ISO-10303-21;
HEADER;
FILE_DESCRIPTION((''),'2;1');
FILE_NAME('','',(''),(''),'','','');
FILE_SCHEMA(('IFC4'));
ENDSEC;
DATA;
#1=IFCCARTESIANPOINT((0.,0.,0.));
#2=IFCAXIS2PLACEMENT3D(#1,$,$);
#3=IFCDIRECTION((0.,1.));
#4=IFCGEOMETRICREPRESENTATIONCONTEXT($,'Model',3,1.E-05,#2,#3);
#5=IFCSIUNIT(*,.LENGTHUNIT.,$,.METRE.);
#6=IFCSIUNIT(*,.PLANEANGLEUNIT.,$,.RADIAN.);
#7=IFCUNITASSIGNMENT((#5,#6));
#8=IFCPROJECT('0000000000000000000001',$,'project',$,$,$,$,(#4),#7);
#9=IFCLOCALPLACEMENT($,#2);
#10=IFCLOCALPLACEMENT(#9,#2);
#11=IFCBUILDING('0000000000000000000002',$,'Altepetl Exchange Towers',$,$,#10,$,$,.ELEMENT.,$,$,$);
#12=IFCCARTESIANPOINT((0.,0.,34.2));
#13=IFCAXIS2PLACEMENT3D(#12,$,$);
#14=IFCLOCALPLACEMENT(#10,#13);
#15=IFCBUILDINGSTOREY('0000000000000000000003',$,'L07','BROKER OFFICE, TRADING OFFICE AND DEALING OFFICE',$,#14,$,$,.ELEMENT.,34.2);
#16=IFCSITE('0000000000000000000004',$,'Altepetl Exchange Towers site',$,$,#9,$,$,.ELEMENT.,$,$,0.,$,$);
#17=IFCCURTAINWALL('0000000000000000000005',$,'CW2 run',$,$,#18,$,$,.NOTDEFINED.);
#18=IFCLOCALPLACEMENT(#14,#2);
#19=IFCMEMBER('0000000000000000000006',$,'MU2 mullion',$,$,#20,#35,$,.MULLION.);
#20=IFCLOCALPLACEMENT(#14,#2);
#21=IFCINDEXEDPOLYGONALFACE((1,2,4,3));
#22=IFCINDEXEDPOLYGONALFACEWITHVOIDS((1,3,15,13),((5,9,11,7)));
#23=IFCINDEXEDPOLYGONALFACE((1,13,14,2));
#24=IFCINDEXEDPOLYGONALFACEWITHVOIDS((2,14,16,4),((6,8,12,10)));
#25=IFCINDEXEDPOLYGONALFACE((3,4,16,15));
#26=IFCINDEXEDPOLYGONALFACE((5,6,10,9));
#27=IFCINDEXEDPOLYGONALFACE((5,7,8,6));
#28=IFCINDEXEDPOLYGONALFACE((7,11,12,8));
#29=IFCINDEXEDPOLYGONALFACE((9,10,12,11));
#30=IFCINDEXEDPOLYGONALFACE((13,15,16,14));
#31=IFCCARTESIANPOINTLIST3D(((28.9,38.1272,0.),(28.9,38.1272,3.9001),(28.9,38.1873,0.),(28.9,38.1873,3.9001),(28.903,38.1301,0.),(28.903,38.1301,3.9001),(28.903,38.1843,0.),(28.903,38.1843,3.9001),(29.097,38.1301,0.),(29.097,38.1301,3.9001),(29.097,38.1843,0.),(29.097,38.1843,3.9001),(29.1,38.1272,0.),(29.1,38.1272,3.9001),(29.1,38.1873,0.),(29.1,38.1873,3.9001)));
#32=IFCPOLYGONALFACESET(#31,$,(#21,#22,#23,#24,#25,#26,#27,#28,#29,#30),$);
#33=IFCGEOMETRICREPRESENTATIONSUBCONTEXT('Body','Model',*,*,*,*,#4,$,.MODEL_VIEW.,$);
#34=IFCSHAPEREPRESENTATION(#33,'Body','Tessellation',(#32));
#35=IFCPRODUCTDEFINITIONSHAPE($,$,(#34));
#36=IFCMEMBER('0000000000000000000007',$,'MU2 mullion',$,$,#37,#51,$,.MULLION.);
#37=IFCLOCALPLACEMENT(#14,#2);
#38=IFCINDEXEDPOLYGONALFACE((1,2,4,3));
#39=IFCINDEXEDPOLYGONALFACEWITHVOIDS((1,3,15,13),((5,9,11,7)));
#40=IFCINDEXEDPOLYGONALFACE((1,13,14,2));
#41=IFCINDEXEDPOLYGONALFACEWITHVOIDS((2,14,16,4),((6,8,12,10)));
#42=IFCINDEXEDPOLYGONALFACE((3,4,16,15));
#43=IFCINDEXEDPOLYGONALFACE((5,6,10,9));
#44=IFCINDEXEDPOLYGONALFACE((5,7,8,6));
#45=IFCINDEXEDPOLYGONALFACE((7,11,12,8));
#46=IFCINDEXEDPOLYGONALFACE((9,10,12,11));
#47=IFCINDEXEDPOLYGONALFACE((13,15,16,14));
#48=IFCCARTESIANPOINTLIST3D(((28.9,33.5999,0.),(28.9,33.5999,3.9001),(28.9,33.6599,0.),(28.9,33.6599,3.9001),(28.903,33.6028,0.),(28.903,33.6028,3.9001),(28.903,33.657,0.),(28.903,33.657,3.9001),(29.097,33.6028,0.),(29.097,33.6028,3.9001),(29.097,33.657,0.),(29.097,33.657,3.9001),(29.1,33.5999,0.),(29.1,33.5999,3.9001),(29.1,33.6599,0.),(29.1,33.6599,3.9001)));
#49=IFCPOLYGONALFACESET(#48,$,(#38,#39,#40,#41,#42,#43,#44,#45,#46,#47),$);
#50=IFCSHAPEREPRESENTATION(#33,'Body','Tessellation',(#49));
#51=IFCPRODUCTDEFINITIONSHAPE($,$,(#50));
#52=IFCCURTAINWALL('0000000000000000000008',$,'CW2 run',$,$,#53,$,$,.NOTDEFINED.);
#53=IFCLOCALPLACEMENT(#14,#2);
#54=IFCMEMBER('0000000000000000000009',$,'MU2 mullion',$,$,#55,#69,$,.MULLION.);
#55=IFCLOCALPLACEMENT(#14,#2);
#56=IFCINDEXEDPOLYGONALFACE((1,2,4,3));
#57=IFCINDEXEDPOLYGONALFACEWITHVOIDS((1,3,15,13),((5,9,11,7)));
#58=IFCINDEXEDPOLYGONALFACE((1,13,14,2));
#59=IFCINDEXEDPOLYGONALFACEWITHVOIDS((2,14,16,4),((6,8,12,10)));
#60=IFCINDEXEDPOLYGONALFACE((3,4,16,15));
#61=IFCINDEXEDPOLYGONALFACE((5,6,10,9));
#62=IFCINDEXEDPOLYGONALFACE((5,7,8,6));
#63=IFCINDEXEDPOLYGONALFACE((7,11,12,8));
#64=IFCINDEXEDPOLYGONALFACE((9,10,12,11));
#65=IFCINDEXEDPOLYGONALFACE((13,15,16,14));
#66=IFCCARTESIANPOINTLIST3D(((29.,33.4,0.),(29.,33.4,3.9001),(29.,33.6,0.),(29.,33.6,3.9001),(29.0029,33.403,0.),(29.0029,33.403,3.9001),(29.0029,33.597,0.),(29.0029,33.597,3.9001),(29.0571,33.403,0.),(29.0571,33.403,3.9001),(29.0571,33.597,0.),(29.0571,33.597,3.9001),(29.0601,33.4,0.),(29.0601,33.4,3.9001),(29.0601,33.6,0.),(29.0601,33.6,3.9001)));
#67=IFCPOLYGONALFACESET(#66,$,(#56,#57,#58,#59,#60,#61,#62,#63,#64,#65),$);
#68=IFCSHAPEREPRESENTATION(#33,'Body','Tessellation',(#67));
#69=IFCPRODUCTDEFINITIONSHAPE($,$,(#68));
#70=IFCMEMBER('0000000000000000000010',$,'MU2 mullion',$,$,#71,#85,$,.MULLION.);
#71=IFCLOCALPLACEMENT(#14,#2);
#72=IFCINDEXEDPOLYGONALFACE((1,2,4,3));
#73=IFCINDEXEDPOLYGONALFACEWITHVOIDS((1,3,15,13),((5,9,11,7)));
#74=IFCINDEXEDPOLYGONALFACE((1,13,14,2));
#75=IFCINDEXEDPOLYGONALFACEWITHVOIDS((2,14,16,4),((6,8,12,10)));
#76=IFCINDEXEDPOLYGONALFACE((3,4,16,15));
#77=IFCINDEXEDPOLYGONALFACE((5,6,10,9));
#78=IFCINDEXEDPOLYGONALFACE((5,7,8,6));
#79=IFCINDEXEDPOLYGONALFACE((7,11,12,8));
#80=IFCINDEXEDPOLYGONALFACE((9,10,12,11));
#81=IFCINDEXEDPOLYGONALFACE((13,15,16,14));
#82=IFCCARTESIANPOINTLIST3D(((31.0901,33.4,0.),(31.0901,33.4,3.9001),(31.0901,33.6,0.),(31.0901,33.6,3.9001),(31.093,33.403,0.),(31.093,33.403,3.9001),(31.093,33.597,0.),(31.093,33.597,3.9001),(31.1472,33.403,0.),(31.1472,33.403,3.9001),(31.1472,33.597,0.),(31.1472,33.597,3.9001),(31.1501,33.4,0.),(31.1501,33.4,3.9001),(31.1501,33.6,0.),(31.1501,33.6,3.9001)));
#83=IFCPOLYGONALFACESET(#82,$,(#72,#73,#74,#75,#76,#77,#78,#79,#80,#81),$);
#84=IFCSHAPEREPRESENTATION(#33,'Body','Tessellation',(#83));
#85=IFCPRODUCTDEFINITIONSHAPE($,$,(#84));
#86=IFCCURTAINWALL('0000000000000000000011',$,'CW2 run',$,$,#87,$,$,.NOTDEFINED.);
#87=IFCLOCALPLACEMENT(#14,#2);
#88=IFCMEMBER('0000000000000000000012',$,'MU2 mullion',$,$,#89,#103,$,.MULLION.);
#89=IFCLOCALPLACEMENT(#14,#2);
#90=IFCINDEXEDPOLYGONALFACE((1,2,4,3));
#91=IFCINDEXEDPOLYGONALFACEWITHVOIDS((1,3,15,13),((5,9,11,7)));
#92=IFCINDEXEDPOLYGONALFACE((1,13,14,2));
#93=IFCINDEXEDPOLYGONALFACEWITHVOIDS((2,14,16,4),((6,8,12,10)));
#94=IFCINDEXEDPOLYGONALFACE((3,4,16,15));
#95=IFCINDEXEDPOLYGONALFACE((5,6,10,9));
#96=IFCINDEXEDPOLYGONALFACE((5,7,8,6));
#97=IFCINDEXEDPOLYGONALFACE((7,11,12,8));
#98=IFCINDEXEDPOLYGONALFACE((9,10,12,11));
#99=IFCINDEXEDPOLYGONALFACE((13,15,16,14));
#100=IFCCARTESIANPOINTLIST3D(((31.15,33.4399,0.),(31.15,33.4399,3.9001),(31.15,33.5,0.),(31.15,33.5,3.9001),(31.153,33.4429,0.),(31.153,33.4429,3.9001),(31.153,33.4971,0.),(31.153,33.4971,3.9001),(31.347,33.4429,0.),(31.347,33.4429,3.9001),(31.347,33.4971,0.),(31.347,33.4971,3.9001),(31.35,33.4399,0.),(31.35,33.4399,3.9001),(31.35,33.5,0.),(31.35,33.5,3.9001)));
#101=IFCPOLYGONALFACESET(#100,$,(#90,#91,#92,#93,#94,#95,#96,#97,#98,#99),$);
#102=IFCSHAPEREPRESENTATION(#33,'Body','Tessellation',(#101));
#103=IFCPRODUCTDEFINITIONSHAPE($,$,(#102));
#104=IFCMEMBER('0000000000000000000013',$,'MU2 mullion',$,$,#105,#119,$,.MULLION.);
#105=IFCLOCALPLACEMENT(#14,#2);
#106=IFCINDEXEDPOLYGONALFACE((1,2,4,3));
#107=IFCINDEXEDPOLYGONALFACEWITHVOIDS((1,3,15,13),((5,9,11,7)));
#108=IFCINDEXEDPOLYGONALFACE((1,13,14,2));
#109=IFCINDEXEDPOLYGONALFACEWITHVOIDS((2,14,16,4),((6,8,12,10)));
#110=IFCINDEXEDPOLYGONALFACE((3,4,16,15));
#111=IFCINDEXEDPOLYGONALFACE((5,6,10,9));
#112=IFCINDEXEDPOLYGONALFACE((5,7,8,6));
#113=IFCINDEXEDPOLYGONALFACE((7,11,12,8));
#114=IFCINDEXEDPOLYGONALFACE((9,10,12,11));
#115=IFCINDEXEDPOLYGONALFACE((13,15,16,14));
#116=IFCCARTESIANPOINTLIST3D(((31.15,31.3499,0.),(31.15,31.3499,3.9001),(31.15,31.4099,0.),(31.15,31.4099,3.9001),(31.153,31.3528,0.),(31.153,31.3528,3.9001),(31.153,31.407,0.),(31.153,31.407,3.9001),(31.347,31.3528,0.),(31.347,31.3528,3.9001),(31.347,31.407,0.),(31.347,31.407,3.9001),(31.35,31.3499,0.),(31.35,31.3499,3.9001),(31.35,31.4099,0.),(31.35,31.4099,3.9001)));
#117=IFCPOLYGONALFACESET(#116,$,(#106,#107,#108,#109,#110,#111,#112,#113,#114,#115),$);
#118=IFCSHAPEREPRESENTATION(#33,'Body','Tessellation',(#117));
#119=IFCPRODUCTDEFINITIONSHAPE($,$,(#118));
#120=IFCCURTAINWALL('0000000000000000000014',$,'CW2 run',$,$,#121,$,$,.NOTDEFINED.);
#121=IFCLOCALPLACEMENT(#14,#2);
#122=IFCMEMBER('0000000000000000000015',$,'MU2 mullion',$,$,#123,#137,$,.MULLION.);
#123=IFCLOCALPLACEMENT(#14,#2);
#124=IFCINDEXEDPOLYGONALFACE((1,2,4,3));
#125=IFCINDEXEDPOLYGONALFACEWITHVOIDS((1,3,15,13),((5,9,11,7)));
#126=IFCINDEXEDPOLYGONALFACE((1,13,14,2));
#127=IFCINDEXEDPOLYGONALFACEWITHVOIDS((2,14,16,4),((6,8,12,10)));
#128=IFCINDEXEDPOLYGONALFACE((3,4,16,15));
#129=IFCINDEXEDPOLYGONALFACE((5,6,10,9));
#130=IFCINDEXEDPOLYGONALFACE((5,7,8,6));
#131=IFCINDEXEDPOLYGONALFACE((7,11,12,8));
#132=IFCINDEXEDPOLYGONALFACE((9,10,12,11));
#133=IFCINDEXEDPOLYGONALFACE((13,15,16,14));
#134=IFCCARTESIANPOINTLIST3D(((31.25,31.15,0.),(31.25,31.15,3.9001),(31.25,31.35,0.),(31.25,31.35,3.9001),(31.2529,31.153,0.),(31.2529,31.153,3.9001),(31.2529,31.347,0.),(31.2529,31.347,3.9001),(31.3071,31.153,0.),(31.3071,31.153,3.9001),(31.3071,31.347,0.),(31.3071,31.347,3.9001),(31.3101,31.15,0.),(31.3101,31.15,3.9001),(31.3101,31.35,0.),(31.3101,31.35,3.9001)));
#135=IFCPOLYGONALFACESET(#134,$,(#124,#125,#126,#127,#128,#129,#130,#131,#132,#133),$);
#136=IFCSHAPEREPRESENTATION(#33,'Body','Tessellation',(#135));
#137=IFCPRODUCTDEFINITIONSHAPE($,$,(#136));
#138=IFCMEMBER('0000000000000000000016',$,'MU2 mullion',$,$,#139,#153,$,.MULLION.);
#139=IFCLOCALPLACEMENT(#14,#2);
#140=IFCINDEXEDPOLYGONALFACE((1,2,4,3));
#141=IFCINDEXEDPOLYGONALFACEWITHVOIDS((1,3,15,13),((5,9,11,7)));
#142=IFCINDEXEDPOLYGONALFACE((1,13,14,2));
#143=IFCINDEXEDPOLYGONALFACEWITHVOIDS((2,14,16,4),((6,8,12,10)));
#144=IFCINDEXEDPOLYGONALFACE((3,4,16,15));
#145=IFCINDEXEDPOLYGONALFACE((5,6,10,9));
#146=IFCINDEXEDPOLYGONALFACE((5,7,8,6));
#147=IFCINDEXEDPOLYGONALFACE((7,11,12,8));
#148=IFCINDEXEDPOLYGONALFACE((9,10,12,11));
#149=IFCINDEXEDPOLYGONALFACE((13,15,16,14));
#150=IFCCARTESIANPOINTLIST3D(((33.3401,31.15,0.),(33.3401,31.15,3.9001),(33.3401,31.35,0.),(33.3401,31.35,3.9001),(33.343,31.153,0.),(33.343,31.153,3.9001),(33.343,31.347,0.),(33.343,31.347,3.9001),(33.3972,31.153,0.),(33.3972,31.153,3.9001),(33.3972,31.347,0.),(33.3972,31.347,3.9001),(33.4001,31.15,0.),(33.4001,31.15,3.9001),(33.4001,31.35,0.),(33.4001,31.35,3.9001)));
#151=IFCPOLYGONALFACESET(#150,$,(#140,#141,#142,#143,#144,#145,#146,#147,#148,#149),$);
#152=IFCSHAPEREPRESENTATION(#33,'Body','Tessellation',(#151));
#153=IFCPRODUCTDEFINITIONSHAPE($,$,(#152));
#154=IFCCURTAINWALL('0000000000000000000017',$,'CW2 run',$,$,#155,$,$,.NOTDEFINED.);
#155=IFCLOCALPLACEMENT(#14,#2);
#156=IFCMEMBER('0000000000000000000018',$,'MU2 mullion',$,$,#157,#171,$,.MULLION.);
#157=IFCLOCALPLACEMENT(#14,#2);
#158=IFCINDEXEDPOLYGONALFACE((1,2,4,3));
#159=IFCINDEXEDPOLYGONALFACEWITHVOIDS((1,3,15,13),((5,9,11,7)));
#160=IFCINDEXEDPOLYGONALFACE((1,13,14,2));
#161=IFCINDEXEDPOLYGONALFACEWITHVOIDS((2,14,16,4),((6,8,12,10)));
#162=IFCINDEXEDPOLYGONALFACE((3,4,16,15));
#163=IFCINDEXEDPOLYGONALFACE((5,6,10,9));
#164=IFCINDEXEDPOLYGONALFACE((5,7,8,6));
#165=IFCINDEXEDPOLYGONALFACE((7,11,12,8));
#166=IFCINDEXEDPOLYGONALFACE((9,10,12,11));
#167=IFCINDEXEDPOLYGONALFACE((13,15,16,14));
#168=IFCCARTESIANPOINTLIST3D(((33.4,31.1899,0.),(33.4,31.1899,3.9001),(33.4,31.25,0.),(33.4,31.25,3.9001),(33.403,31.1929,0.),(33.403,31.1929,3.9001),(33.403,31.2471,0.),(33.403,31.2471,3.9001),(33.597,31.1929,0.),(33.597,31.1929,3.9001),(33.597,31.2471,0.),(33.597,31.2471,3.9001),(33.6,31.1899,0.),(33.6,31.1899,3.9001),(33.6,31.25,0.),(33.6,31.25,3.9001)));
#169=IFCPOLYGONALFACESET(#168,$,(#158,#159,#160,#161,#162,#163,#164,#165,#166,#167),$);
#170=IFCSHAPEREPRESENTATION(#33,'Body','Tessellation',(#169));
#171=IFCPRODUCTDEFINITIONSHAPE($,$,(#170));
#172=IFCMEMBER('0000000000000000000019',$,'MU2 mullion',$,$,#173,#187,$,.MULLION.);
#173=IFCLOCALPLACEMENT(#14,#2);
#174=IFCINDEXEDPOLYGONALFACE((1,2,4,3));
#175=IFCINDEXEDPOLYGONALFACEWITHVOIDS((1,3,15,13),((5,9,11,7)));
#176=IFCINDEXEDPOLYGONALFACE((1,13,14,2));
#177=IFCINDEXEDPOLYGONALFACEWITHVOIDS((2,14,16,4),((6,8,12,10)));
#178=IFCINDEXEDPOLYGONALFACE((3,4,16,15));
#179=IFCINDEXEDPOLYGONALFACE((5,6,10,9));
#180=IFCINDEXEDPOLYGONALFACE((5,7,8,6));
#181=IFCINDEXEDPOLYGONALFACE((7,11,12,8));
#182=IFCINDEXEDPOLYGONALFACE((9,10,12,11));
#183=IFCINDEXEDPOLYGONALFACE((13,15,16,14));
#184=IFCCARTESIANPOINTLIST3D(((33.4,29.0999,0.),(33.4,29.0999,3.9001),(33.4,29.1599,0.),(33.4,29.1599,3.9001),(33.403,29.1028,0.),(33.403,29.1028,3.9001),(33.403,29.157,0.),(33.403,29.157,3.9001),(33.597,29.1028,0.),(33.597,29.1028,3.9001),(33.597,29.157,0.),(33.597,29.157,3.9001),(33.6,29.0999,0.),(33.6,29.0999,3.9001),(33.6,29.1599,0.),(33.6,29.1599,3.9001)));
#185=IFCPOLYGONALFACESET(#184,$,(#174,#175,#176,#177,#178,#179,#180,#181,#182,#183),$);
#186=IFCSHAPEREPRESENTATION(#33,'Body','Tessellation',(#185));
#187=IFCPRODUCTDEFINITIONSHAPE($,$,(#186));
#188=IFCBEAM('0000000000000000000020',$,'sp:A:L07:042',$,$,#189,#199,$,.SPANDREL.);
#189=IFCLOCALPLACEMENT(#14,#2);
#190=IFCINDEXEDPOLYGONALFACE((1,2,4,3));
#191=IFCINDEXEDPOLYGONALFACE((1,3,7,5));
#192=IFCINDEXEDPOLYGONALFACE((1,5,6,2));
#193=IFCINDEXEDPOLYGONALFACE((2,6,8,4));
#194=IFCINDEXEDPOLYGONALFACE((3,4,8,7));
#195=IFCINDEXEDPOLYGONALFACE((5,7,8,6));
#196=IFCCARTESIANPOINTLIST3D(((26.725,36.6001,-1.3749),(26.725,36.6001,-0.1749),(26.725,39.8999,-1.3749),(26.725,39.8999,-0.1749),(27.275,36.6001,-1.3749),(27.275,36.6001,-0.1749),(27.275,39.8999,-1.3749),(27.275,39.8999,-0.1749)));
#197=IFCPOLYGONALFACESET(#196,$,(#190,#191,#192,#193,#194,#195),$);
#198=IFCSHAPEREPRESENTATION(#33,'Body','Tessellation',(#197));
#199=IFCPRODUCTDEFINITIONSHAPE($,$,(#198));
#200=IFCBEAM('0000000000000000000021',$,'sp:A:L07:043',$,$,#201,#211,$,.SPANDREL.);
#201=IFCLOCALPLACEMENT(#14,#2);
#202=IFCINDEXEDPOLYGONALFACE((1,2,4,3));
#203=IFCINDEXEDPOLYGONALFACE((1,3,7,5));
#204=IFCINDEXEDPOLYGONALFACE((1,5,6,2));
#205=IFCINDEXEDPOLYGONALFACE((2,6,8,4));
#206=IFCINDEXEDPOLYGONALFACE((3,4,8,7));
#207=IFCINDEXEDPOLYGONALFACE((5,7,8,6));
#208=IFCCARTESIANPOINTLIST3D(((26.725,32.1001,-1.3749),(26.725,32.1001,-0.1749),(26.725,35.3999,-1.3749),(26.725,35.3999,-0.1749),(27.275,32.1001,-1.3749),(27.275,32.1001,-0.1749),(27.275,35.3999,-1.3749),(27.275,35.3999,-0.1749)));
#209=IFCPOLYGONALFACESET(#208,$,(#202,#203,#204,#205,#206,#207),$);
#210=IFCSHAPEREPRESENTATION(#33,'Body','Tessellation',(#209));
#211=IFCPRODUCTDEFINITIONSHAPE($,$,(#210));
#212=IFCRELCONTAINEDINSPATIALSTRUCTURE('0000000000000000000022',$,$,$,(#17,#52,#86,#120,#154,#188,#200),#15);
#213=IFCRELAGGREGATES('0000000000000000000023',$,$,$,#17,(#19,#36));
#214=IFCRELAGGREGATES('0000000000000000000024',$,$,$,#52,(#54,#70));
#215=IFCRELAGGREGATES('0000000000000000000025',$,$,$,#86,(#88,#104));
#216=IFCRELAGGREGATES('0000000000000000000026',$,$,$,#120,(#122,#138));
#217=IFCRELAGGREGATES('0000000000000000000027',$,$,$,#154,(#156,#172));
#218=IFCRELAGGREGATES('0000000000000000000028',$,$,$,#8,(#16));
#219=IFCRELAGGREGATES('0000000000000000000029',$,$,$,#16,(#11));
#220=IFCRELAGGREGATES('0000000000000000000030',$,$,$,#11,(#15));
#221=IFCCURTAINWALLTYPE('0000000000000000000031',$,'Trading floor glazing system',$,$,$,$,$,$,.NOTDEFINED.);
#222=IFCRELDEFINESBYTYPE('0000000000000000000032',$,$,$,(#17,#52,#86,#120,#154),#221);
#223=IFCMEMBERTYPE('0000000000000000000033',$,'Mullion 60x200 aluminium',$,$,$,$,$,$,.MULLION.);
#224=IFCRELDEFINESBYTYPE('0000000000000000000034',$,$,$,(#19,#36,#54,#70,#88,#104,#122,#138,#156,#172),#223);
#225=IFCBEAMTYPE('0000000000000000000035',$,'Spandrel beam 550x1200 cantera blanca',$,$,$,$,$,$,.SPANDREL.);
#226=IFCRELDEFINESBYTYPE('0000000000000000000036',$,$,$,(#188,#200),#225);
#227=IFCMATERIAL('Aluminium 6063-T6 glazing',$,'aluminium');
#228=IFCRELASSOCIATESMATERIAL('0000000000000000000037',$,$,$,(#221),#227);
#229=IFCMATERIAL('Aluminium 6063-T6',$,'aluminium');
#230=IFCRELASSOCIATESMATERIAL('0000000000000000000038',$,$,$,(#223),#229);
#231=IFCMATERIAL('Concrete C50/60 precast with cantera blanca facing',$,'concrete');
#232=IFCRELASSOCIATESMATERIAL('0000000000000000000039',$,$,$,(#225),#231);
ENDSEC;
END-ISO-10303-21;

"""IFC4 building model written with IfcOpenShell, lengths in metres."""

from ifc_helpers import new_model, si_unit, direction, frame, origin, origin_2d, place, context, subcontext, project, spatial, rectangle, hollow_rectangle, extrude, material, material_profile, profile_set, type_object, element, aggregate, save


model = new_model("IFC4")

# Units and contexts
model_context = context("Model", 3, precision=1e-05, world=origin(), true_north=direction((0.0, 1.0)))
body_context = subcontext(model_context, "Body", "Model", "MODEL_VIEW")
ifc_project = project(units=[si_unit("LENGTHUNIT", "METRE"), si_unit("PLANEANGLEUNIT", "RADIAN")], contexts=[model_context])

# Site, building, storey
site_placement = place(None, origin())
site = spatial("IfcSite", under=ifc_project, at=site_placement, Name="Altepetl Exchange Towers site", CompositionType="ELEMENT", RefElevation=0.0)
building_placement = place(site_placement, origin())
building = spatial("IfcBuilding", under=site, at=building_placement, Name="Altepetl Exchange Towers", CompositionType="ELEMENT")
storey_placement = place(building_placement, frame((0.0, 0.0, 34.2)))
storey = spatial("IfcBuildingStorey", under=building, at=storey_placement, Name="L07", Description="BROKER OFFICE, TRADING OFFICE AND DEALING OFFICE", CompositionType="ELEMENT", Elevation=34.2)

# Curtain walls, members
ifc_material_1 = material(Name="Aluminium 6063-T6 glazing", Category="aluminium")
curtain_wall_type = type_object("IfcCurtainWallType", Name="Trading floor glazing system", PredefinedType="NOTDEFINED", material=ifc_material_1)
curtain_wall_1_placement = place(storey_placement, origin())
curtain_wall_1 = element("IfcCurtainWall", 1, at=curtain_wall_1_placement, inside=storey, type_object=curtain_wall_type, Name="CW2 run", PredefinedType="NOTDEFINED")
ifc_material_2 = material(Name="Aluminium 6063-T6", Category="aluminium")
ifc_material_profile_1 = material_profile(ifc_material_2, hollow_rectangle(XDim=0.0601, YDim=0.2, WallThickness=0.0029, at=origin_2d()), Name="Mullion 60x200 aluminium")
ifc_profile_set_1 = profile_set([ifc_material_profile_1], Name="Aluminium 6063-T6")
member_type = type_object("IfcMemberType", Name="Mullion 60x200 aluminium", PredefinedType="MULLION", material=ifc_profile_set_1)
member_1_placement = place(storey_placement, frame((29.0, 38.1572, 0.0), z_axis=(0.0, 0.0, 1.0), x_axis=(0.0, -1.0, 0.0)))
member_1 = element("IfcMember", 2, at=member_1_placement, type_object=member_type, Name="MU2 mullion", PredefinedType="MULLION", context=body_context, shape_type="SweptSolid", body=[
    extrude(hollow_rectangle(XDim=0.0601, YDim=0.2, WallThickness=0.0029, at=origin_2d()), origin(), (0.0, 0.0, 1.0), 3.9001),
])
member_2_placement = place(storey_placement, frame((29.0, 33.6299, 0.0), z_axis=(0.0, 0.0, 1.0), x_axis=(0.0, -1.0, 0.0)))
member_2 = element("IfcMember", 3, at=member_2_placement, type_object=member_type, Name="MU2 mullion", PredefinedType="MULLION", context=body_context, shape_type="SweptSolid", body=[
    extrude(hollow_rectangle(XDim=0.0601, YDim=0.2, WallThickness=0.0029, at=origin_2d()), origin(), (0.0, 0.0, 1.0), 3.9001),
])
curtain_wall_2_placement = place(storey_placement, origin())
curtain_wall_2 = element("IfcCurtainWall", 4, at=curtain_wall_2_placement, inside=storey, type_object=curtain_wall_type, Name="CW2 run", PredefinedType="NOTDEFINED")
member_3_placement = place(storey_placement, frame((29.03, 33.5, 0.0)))
member_3 = element("IfcMember", 5, at=member_3_placement, type_object=member_type, Name="MU2 mullion", PredefinedType="MULLION", context=body_context, shape_type="SweptSolid", body=[
    extrude(hollow_rectangle(XDim=0.0601, YDim=0.2, WallThickness=0.0029, at=origin_2d()), origin(), (0.0, 0.0, 1.0), 3.9001),
])
member_4_placement = place(storey_placement, frame((31.1201, 33.5, 0.0)))
member_4 = element("IfcMember", 6, at=member_4_placement, type_object=member_type, Name="MU2 mullion", PredefinedType="MULLION", context=body_context, shape_type="SweptSolid", body=[
    extrude(hollow_rectangle(XDim=0.0601, YDim=0.2, WallThickness=0.0029, at=origin_2d()), origin(), (0.0, 0.0, 1.0), 3.9001),
])
curtain_wall_3_placement = place(storey_placement, origin())
curtain_wall_3 = element("IfcCurtainWall", 7, at=curtain_wall_3_placement, inside=storey, type_object=curtain_wall_type, Name="CW2 run", PredefinedType="NOTDEFINED")
member_5_placement = place(storey_placement, frame((31.25, 33.47, 0.0), z_axis=(0.0, 0.0, 1.0), x_axis=(0.0, -1.0, 0.0)))
member_5 = element("IfcMember", 8, at=member_5_placement, type_object=member_type, Name="MU2 mullion", PredefinedType="MULLION", context=body_context, shape_type="SweptSolid", body=[
    extrude(hollow_rectangle(XDim=0.0601, YDim=0.2, WallThickness=0.0029, at=origin_2d()), origin(), (0.0, 0.0, 1.0), 3.9001),
])
member_6_placement = place(storey_placement, frame((31.25, 31.3799, 0.0), z_axis=(0.0, 0.0, 1.0), x_axis=(0.0, -1.0, 0.0)))
member_6 = element("IfcMember", 9, at=member_6_placement, type_object=member_type, Name="MU2 mullion", PredefinedType="MULLION", context=body_context, shape_type="SweptSolid", body=[
    extrude(hollow_rectangle(XDim=0.0601, YDim=0.2, WallThickness=0.0029, at=origin_2d()), origin(), (0.0, 0.0, 1.0), 3.9001),
])
curtain_wall_4_placement = place(storey_placement, origin())
curtain_wall_4 = element("IfcCurtainWall", 10, at=curtain_wall_4_placement, inside=storey, type_object=curtain_wall_type, Name="CW2 run", PredefinedType="NOTDEFINED")
member_7_placement = place(storey_placement, frame((31.28, 31.25, 0.0)))
member_7 = element("IfcMember", 11, at=member_7_placement, type_object=member_type, Name="MU2 mullion", PredefinedType="MULLION", context=body_context, shape_type="SweptSolid", body=[
    extrude(hollow_rectangle(XDim=0.0601, YDim=0.2, WallThickness=0.0029, at=origin_2d()), origin(), (0.0, 0.0, 1.0), 3.9001),
])
member_8_placement = place(storey_placement, frame((33.3701, 31.25, 0.0)))
member_8 = element("IfcMember", 12, at=member_8_placement, type_object=member_type, Name="MU2 mullion", PredefinedType="MULLION", context=body_context, shape_type="SweptSolid", body=[
    extrude(hollow_rectangle(XDim=0.0601, YDim=0.2, WallThickness=0.0029, at=origin_2d()), origin(), (0.0, 0.0, 1.0), 3.9001),
])
curtain_wall_5_placement = place(storey_placement, origin())
curtain_wall_5 = element("IfcCurtainWall", 13, at=curtain_wall_5_placement, inside=storey, type_object=curtain_wall_type, Name="CW2 run", PredefinedType="NOTDEFINED")
member_9_placement = place(storey_placement, frame((33.5, 31.22, 0.0), z_axis=(0.0, 0.0, 1.0), x_axis=(0.0, -1.0, 0.0)))
member_9 = element("IfcMember", 14, at=member_9_placement, type_object=member_type, Name="MU2 mullion", PredefinedType="MULLION", context=body_context, shape_type="SweptSolid", body=[
    extrude(hollow_rectangle(XDim=0.0601, YDim=0.2, WallThickness=0.0029, at=origin_2d()), origin(), (0.0, 0.0, 1.0), 3.9001),
])
member_10_placement = place(storey_placement, frame((33.5, 29.1299, 0.0), z_axis=(0.0, 0.0, 1.0), x_axis=(0.0, -1.0, 0.0)))
member_10 = element("IfcMember", 15, at=member_10_placement, type_object=member_type, Name="MU2 mullion", PredefinedType="MULLION", context=body_context, shape_type="SweptSolid", body=[
    extrude(hollow_rectangle(XDim=0.0601, YDim=0.2, WallThickness=0.0029, at=origin_2d()), origin(), (0.0, 0.0, 1.0), 3.9001),
])

# Beams
ifc_material_3 = material(Name="Concrete C50/60 precast with cantera blanca facing", Category="concrete")
ifc_material_profile_2 = material_profile(ifc_material_3, rectangle(XDim=0.55, YDim=1.2, at=origin_2d()), Name="550 x 1200")
ifc_profile_set_2 = profile_set([ifc_material_profile_2], Name="Concrete C50/60 precast with cantera blanca facing")
beam_type_1 = type_object("IfcBeamType", Name="Spandrel beam 550x1200 cantera blanca", PredefinedType="SPANDREL", material=ifc_profile_set_2)
for number, where, z_axis, x_axis, name in (
    (16, (27.0, 39.8999, -0.7749), (0.0, -1.0, 0.0), (1.0, 0.0, 0.0), "sp:A:L07:042"),
    (17, (27.0, 35.3999, -0.7749), (0.0, -1.0, 0.0), (1.0, 0.0, 0.0), "sp:A:L07:043"),
):
    element("IfcBeam", number, at=place(storey_placement, frame(where, z_axis=z_axis, x_axis=x_axis)), inside=storey, type_object=beam_type_1, Name=name, PredefinedType="SPANDREL", context=body_context, shape_type="SweptSolid", body=[
        extrude(rectangle(XDim=0.55, YDim=1.2, at=origin_2d()), origin(), (0.0, 0.0, 1.0), 3.2998),
    ])

aggregate(curtain_wall_1, [member_1, member_2])
aggregate(curtain_wall_2, [member_3, member_4])
aggregate(curtain_wall_3, [member_5, member_6])
aggregate(curtain_wall_4, [member_7, member_8])
aggregate(curtain_wall_5, [member_9, member_10])

save(model, "model.ifc")
